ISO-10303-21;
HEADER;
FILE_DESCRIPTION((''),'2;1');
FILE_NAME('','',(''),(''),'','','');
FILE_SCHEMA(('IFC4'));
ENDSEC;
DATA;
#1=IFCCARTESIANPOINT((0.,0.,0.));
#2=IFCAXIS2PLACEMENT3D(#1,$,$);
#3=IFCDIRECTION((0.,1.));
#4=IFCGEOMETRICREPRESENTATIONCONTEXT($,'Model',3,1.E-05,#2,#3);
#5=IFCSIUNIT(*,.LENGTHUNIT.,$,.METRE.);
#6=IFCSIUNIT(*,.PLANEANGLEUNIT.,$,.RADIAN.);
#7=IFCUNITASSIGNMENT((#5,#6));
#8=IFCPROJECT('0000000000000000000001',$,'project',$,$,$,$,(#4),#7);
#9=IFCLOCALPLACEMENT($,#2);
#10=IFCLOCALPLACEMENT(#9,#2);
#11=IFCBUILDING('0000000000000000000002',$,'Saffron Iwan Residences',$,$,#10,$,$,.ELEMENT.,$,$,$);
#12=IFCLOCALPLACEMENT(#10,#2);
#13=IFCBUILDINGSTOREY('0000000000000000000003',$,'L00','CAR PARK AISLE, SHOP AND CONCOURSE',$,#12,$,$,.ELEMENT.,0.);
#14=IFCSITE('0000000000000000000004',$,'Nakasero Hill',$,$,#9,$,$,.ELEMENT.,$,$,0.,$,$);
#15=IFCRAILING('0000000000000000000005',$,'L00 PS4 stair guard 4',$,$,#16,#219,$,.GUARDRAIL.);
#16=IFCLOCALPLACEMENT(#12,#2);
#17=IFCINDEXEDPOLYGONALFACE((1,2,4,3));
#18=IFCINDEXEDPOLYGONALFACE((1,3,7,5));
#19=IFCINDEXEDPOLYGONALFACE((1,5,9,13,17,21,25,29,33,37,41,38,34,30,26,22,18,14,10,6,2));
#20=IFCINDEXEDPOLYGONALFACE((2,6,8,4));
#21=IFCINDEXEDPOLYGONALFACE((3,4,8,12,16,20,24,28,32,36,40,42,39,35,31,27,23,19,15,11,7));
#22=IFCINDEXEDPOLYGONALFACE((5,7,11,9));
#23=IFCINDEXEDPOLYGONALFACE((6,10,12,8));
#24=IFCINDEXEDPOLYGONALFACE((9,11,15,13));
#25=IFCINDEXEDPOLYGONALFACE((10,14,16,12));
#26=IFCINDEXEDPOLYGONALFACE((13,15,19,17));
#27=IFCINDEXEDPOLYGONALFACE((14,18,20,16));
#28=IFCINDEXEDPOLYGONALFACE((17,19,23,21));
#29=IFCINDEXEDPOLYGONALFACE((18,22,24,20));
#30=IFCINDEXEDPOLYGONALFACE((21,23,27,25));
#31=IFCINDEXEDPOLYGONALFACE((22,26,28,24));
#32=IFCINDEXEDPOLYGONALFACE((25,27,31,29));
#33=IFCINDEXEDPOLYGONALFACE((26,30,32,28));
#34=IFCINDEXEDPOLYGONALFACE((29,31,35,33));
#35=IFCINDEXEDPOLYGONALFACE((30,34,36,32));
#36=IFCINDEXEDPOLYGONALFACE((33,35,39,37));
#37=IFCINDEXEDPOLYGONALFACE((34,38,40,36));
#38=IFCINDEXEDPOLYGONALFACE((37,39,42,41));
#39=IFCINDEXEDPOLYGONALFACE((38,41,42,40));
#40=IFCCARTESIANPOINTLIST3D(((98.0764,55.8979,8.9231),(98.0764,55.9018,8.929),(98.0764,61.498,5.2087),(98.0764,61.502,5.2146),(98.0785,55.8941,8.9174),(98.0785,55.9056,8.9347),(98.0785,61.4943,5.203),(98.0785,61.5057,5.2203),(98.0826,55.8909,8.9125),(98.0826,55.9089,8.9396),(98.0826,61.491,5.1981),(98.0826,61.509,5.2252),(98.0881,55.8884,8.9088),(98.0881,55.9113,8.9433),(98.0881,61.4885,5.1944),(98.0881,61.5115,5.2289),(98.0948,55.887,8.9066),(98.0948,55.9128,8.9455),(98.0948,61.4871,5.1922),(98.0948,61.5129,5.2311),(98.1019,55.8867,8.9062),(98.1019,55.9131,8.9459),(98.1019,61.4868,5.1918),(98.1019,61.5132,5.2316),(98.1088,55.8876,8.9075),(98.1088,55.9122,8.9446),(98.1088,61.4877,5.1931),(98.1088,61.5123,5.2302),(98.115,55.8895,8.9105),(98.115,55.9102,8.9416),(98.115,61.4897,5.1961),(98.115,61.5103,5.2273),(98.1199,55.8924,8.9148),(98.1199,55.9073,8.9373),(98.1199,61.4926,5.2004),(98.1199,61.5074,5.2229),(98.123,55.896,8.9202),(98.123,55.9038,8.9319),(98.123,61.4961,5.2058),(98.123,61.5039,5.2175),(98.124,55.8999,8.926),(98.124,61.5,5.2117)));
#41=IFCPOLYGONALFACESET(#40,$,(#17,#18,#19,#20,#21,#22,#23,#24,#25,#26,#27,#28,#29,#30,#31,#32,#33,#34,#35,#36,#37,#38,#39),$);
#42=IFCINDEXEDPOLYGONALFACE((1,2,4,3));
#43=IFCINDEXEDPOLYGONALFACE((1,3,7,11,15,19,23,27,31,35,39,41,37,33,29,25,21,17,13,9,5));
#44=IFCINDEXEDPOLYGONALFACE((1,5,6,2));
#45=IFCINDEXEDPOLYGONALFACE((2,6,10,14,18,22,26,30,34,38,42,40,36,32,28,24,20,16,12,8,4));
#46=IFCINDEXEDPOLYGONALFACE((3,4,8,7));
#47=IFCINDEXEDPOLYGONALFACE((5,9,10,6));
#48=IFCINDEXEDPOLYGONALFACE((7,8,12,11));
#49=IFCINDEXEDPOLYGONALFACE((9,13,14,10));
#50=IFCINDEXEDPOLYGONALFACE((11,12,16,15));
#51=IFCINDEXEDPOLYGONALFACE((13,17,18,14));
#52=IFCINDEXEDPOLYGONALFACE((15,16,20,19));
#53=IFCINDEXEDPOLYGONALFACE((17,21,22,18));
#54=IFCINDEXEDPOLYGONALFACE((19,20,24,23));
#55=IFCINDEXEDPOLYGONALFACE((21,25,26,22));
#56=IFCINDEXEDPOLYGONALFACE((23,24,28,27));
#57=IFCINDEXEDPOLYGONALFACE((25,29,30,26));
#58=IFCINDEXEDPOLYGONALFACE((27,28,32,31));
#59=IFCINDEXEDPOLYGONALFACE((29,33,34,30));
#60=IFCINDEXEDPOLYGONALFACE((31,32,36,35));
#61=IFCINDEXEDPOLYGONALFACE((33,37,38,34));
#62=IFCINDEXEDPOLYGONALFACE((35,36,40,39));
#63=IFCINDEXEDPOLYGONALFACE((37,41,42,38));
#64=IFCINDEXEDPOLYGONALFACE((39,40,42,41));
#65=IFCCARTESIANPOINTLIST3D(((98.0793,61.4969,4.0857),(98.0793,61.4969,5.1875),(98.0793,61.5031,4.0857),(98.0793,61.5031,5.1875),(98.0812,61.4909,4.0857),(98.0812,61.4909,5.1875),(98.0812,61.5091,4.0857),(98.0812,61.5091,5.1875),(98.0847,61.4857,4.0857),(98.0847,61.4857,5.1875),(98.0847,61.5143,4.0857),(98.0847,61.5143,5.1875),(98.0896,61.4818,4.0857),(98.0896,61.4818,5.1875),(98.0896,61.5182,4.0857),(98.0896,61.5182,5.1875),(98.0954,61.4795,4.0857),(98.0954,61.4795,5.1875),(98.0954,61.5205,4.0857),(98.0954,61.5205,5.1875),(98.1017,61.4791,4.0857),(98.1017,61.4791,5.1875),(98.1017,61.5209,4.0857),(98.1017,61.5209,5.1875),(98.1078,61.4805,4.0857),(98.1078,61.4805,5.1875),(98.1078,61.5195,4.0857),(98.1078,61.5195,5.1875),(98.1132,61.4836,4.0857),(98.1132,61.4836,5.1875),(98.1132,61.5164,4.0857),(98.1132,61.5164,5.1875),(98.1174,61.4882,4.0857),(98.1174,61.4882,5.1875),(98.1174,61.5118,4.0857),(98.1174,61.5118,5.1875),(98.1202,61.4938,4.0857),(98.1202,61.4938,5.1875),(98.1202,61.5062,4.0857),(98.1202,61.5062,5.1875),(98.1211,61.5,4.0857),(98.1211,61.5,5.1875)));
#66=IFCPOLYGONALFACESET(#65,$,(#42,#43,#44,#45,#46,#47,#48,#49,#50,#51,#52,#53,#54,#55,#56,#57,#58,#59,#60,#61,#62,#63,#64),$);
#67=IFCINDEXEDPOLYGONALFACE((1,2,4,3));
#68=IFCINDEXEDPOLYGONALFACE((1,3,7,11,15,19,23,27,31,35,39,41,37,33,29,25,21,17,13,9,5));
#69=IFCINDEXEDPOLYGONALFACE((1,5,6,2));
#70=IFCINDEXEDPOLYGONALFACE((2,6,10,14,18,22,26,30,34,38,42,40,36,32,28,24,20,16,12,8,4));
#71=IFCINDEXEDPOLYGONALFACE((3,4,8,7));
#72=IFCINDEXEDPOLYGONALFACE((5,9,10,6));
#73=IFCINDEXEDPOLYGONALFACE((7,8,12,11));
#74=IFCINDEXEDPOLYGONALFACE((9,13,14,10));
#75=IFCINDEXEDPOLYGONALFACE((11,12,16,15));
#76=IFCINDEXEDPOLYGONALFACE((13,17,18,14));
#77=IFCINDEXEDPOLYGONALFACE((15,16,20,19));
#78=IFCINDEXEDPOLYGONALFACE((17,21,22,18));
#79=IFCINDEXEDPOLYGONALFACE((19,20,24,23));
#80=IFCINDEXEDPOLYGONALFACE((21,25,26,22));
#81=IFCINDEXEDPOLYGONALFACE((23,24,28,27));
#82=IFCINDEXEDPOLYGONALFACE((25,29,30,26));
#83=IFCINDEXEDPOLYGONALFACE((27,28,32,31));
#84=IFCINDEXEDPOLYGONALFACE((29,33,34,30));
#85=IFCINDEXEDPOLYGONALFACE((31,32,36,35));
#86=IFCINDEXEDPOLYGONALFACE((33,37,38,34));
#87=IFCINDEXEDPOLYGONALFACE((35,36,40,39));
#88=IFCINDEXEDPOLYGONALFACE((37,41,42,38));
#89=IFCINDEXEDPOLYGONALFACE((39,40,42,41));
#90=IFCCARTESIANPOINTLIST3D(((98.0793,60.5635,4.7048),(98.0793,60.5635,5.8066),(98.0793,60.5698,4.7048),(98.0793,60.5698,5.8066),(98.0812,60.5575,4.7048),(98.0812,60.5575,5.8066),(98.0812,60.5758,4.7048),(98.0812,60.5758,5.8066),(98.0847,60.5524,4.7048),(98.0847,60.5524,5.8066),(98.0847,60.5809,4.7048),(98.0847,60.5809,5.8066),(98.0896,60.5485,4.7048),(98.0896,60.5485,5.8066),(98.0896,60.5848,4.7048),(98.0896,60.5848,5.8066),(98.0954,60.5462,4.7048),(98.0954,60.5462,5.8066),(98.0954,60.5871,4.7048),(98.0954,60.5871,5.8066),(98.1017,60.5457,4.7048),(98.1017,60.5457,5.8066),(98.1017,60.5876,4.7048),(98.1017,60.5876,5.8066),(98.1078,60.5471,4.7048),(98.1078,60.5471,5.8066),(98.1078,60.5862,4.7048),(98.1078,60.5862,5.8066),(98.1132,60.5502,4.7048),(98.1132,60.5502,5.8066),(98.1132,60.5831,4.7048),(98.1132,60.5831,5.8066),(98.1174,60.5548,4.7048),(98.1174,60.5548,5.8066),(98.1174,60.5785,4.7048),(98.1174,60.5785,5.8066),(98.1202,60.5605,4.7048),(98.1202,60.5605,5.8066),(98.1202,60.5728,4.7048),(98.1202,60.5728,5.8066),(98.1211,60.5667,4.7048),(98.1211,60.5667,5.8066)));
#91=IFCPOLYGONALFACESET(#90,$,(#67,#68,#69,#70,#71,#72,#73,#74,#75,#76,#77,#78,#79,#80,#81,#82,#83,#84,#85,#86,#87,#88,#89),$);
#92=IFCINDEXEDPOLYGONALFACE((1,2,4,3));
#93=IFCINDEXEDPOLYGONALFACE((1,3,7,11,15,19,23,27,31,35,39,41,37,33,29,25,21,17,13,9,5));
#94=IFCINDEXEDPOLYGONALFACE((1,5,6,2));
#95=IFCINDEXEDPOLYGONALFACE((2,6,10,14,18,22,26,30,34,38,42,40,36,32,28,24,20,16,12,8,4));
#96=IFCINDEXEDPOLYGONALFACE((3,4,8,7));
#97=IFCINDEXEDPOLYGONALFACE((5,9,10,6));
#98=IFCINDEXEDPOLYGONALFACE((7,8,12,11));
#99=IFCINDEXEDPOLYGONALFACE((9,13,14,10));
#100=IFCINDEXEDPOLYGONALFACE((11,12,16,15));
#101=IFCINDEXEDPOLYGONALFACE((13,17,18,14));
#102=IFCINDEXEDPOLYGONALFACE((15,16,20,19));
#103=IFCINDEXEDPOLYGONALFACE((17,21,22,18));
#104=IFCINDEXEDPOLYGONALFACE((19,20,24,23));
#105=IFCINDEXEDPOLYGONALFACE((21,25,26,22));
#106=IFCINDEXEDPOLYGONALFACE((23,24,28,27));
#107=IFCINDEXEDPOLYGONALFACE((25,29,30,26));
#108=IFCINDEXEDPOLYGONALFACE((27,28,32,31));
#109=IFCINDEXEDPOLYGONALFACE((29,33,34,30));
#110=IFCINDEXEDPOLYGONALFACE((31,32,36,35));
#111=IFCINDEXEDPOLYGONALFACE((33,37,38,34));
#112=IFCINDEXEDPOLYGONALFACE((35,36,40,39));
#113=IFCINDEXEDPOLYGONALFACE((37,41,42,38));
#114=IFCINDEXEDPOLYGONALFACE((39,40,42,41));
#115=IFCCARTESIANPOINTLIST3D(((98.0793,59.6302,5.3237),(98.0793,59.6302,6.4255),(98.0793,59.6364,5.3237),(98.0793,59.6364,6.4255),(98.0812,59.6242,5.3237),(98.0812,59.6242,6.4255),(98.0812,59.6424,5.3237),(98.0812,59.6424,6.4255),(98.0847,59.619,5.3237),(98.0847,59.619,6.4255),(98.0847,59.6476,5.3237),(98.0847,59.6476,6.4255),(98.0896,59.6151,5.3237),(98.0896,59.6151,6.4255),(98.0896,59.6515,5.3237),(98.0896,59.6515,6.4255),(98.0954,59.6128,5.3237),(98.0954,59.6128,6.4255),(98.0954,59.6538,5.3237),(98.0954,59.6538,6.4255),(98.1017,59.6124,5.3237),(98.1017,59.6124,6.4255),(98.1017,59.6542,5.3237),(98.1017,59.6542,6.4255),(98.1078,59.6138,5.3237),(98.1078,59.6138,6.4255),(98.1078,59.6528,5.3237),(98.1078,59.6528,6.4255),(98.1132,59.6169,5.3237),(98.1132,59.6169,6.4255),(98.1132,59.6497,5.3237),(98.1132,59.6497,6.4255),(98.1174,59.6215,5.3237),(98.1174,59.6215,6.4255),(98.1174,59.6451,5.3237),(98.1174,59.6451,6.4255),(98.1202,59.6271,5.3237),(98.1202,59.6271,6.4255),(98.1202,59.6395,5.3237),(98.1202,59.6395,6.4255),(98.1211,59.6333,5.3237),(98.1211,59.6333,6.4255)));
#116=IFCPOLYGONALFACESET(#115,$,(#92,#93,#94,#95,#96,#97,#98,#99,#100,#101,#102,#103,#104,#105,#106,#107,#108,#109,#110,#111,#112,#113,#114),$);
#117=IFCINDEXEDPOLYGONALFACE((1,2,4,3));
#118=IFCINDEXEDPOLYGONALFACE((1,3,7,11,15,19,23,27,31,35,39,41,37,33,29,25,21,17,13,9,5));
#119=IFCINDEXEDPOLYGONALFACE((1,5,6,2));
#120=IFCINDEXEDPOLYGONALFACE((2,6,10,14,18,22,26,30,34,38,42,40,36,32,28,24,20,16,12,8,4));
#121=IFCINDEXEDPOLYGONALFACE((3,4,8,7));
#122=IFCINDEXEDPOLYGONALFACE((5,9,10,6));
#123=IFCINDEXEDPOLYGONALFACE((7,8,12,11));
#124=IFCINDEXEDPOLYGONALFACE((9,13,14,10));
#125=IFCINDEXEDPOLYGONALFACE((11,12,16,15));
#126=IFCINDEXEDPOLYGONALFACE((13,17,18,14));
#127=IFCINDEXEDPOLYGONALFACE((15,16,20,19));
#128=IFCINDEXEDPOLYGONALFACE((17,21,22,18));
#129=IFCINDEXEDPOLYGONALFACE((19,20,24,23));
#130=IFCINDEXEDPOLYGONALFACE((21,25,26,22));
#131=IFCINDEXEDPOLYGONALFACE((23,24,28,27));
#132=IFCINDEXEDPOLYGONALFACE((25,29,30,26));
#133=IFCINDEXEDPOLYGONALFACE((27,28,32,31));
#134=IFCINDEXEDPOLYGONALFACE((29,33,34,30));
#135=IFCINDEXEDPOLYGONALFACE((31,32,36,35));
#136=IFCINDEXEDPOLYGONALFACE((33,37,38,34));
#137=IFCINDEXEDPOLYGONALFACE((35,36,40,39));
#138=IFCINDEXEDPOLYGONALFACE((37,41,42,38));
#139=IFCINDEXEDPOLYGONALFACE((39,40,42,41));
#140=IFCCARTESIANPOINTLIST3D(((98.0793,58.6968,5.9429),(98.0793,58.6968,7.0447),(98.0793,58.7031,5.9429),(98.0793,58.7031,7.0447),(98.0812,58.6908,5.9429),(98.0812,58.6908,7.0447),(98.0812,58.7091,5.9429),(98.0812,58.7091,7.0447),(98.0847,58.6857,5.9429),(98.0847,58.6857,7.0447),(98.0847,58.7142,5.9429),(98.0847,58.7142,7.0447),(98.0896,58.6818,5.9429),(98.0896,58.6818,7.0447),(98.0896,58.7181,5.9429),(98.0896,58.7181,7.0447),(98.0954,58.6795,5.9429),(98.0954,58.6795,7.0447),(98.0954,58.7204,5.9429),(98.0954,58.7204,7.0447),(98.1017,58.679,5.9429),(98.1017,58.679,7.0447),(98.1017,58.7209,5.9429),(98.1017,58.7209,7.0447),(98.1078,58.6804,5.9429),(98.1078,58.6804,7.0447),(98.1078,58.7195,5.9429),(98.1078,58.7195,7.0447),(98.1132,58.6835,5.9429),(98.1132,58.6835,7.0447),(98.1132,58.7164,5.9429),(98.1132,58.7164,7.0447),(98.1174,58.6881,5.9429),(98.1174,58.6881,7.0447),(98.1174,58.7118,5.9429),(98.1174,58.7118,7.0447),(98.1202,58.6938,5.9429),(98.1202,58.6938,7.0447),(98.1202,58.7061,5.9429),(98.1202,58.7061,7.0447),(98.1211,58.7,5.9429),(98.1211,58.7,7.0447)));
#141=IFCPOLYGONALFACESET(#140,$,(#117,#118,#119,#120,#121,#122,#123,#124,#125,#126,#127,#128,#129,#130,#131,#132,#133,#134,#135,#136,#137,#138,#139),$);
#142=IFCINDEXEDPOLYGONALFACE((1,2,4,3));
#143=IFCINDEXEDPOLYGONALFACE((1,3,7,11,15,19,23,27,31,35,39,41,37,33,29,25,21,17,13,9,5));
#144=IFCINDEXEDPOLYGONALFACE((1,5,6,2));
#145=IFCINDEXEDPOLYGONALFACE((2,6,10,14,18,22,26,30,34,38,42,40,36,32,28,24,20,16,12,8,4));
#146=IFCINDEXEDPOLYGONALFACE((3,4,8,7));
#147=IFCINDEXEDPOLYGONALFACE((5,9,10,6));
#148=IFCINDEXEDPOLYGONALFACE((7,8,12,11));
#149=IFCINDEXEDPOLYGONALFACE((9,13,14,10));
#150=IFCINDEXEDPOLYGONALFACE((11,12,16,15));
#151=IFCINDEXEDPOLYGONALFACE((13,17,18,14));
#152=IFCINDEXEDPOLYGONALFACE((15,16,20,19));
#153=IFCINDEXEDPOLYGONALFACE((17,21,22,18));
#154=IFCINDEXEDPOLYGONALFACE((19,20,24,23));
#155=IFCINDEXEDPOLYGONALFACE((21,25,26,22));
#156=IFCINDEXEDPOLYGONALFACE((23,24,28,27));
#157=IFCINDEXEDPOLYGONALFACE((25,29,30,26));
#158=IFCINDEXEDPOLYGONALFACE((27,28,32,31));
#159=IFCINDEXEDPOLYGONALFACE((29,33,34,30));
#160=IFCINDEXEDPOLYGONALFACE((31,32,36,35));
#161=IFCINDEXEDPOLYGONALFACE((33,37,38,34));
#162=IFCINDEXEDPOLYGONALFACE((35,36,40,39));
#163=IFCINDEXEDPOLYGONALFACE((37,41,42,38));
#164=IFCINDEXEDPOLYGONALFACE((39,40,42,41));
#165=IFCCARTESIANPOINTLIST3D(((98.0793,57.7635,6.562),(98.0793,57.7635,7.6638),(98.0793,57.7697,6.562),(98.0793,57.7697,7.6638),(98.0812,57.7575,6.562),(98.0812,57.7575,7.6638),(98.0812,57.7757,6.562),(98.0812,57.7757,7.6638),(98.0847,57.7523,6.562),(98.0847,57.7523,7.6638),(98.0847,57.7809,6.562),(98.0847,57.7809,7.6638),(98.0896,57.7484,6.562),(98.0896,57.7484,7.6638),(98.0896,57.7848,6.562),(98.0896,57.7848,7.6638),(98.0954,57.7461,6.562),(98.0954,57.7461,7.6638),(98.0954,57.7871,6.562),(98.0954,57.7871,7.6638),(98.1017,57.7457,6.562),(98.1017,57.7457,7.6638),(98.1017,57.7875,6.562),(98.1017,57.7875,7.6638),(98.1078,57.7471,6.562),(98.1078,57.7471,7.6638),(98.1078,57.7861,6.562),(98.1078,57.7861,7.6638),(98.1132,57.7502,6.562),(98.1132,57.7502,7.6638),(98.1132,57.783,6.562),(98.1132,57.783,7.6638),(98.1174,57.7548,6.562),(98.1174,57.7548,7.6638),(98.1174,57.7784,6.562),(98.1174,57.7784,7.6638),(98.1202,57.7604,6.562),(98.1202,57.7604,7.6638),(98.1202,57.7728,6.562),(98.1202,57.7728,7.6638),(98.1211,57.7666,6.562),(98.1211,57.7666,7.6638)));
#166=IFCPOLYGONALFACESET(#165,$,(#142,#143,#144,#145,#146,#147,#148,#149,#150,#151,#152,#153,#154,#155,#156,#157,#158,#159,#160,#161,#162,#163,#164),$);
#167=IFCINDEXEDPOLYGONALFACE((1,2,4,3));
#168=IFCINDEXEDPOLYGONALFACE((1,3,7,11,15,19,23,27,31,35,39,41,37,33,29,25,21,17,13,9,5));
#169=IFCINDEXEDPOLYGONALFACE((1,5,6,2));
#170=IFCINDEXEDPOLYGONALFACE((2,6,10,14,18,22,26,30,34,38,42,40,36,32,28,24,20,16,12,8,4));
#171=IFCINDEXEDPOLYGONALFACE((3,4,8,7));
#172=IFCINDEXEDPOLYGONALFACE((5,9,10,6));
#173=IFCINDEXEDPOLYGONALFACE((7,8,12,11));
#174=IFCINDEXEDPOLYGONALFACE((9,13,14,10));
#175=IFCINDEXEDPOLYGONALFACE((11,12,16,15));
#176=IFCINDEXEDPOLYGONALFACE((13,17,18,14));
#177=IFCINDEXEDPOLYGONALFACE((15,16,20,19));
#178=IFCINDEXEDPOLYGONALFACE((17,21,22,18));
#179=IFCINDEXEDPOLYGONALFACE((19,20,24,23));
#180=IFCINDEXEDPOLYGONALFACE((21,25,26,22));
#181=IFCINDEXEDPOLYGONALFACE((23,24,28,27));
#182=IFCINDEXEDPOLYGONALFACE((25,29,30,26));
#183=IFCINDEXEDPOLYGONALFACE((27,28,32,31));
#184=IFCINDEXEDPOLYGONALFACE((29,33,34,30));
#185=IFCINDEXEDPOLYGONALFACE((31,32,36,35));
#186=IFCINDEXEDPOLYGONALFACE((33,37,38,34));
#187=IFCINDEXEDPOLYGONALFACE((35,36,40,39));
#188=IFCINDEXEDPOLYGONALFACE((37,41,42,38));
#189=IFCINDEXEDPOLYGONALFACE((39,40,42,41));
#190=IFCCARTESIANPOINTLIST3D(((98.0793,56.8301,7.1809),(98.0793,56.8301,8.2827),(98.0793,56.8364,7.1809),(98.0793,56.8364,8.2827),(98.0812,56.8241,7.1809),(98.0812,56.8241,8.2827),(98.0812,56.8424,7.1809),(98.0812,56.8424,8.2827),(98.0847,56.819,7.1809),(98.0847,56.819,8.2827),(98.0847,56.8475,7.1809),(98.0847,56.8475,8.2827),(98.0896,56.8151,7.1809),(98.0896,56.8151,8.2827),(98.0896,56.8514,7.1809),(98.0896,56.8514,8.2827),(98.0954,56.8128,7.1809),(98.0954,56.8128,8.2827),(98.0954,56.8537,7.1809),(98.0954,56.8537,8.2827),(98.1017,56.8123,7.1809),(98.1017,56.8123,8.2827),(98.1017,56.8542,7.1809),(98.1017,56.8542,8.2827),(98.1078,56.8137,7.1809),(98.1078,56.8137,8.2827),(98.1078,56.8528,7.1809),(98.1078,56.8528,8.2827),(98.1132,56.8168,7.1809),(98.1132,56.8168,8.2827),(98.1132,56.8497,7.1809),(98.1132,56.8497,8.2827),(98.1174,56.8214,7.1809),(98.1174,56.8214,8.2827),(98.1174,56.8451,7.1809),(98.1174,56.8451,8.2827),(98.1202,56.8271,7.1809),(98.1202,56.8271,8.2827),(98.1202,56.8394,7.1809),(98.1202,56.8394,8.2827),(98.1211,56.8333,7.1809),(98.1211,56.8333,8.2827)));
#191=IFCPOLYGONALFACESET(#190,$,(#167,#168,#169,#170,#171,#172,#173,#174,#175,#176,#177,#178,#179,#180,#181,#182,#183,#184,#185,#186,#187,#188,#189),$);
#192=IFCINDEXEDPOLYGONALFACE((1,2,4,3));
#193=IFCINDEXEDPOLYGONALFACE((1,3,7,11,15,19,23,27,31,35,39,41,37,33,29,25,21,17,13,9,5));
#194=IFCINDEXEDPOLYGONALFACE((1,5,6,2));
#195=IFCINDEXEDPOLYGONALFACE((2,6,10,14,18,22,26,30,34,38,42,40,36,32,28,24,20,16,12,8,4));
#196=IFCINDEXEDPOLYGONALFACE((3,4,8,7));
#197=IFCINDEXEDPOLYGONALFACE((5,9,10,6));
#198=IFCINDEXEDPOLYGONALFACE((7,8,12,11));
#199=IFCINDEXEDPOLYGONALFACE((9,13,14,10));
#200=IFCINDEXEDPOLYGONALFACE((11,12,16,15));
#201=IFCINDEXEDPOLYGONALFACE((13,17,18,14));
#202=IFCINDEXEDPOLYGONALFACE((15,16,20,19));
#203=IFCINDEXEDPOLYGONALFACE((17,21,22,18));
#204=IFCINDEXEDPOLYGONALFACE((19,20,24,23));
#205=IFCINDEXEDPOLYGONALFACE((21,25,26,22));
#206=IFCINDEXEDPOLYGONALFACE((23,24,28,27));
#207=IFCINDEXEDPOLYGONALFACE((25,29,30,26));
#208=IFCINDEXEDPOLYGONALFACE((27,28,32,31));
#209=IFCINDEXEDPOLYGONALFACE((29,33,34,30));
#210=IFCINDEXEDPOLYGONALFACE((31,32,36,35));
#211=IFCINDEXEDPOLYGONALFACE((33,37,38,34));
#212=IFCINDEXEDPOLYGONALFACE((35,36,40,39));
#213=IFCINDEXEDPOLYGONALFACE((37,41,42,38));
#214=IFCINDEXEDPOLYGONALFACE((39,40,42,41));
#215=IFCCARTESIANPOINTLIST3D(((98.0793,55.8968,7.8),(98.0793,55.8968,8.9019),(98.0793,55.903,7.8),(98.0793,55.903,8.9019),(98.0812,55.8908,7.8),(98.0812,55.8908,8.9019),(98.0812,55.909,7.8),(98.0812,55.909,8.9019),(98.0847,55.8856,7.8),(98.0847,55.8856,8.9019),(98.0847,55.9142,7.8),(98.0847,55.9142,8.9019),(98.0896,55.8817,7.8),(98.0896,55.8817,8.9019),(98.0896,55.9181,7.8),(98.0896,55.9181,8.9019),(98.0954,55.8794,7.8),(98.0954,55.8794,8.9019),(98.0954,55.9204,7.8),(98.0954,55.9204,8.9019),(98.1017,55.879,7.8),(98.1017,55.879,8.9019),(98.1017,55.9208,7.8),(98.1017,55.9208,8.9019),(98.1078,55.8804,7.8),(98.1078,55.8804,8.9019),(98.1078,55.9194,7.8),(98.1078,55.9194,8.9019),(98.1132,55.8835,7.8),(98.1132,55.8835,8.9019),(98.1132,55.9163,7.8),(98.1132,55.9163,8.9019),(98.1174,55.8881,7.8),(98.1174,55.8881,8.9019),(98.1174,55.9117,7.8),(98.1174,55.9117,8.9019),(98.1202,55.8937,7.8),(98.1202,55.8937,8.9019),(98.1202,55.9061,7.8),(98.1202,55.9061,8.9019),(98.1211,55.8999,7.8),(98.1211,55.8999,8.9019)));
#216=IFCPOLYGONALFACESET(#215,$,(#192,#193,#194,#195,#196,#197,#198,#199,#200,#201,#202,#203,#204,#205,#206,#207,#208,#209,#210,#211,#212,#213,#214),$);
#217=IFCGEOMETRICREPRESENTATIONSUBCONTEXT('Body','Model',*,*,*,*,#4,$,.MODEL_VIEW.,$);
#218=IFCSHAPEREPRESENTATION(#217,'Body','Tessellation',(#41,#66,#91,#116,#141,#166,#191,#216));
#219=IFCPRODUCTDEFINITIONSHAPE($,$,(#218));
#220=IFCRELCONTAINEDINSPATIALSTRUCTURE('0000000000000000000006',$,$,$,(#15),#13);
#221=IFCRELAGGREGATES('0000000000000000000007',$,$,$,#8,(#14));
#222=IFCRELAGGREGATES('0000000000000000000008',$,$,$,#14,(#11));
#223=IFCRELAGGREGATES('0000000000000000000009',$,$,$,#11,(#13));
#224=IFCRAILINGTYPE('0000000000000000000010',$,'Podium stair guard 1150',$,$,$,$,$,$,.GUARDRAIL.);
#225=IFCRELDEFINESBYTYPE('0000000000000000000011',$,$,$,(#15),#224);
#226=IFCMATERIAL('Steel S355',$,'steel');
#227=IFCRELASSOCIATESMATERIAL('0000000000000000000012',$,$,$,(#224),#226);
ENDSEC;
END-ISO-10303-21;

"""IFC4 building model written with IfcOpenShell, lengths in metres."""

from ifc_helpers import new_model, si_unit, direction, frame, origin, origin_2d, place, context, subcontext, project, spatial, circle, extrude, material, type_object, element, save


model = new_model("IFC4")

# Units and contexts
model_context = context("Model", 3, precision=1e-05, world=origin(), true_north=direction((0.0, 1.0)))
body_context = subcontext(model_context, "Body", "Model", "MODEL_VIEW")
ifc_project = project(units=[si_unit("LENGTHUNIT", "METRE"), si_unit("PLANEANGLEUNIT", "RADIAN")], contexts=[model_context])

# Site, building, storey
site_placement = place(None, origin())
site = spatial("IfcSite", under=ifc_project, at=site_placement, Name="Nakasero Hill", CompositionType="ELEMENT", RefElevation=0.0)
building_placement = place(site_placement, origin())
building = spatial("IfcBuilding", under=site, at=building_placement, Name="Saffron Iwan Residences", CompositionType="ELEMENT")
storey_placement = place(building_placement, origin())
storey = spatial("IfcBuildingStorey", under=building, at=storey_placement, Name="L00", Description="CAR PARK AISLE, SHOP AND CONCOURSE", CompositionType="ELEMENT", Elevation=0.0)

# Railing
ifc_material_1 = material(Name="Steel S355", Category="steel")
railing_type_1 = type_object("IfcRailingType", Name="Podium stair guard 1150", PredefinedType="GUARDRAIL", material=ifc_material_1)
railing_1_placement = place(storey_placement, frame((98.1001, 61.5, 4.0857)))
element("IfcRailing", 1, at=railing_1_placement, inside=storey, type_object=railing_type_1, Name="L00 PS4 stair guard 4", PredefinedType="GUARDRAIL", context=body_context, shape_type="SweptSolid", body=[
    extrude(circle(Radius=0.0239, at=origin_2d()), frame((0.0, 0.0, 1.126), z_axis=(0.0, -0.833356, 0.552737), x_axis=(1.0, 0.0, 0.0)), (0.0, 0.0, 1.0), 6.72),
    extrude(circle(Radius=0.021, at=origin_2d()), origin(), (0.0, 0.0, 1.0), 1.1018),
    extrude(circle(Radius=0.021, at=origin_2d()), frame((0.0, -0.9333, 0.6191)), (0.0, 0.0, 1.0), 1.1018),
    extrude(circle(Radius=0.021, at=origin_2d()), frame((0.0, -1.8667, 1.238)), (0.0, 0.0, 1.0), 1.1018),
    extrude(circle(Radius=0.021, at=origin_2d()), frame((0.0, -2.8, 1.8572)), (0.0, 0.0, 1.0), 1.1018),
    extrude(circle(Radius=0.021, at=origin_2d()), frame((0.0, -3.7334, 2.4763)), (0.0, 0.0, 1.0), 1.1018),
    extrude(circle(Radius=0.021, at=origin_2d()), frame((0.0, -4.6667, 3.0952)), (0.0, 0.0, 1.0), 1.1018),
    extrude(circle(Radius=0.021, at=origin_2d()), frame((0.0, -5.6001, 3.7144)), (0.0, 0.0, 1.0), 1.1018),
])

save(model, "model.ifc")
